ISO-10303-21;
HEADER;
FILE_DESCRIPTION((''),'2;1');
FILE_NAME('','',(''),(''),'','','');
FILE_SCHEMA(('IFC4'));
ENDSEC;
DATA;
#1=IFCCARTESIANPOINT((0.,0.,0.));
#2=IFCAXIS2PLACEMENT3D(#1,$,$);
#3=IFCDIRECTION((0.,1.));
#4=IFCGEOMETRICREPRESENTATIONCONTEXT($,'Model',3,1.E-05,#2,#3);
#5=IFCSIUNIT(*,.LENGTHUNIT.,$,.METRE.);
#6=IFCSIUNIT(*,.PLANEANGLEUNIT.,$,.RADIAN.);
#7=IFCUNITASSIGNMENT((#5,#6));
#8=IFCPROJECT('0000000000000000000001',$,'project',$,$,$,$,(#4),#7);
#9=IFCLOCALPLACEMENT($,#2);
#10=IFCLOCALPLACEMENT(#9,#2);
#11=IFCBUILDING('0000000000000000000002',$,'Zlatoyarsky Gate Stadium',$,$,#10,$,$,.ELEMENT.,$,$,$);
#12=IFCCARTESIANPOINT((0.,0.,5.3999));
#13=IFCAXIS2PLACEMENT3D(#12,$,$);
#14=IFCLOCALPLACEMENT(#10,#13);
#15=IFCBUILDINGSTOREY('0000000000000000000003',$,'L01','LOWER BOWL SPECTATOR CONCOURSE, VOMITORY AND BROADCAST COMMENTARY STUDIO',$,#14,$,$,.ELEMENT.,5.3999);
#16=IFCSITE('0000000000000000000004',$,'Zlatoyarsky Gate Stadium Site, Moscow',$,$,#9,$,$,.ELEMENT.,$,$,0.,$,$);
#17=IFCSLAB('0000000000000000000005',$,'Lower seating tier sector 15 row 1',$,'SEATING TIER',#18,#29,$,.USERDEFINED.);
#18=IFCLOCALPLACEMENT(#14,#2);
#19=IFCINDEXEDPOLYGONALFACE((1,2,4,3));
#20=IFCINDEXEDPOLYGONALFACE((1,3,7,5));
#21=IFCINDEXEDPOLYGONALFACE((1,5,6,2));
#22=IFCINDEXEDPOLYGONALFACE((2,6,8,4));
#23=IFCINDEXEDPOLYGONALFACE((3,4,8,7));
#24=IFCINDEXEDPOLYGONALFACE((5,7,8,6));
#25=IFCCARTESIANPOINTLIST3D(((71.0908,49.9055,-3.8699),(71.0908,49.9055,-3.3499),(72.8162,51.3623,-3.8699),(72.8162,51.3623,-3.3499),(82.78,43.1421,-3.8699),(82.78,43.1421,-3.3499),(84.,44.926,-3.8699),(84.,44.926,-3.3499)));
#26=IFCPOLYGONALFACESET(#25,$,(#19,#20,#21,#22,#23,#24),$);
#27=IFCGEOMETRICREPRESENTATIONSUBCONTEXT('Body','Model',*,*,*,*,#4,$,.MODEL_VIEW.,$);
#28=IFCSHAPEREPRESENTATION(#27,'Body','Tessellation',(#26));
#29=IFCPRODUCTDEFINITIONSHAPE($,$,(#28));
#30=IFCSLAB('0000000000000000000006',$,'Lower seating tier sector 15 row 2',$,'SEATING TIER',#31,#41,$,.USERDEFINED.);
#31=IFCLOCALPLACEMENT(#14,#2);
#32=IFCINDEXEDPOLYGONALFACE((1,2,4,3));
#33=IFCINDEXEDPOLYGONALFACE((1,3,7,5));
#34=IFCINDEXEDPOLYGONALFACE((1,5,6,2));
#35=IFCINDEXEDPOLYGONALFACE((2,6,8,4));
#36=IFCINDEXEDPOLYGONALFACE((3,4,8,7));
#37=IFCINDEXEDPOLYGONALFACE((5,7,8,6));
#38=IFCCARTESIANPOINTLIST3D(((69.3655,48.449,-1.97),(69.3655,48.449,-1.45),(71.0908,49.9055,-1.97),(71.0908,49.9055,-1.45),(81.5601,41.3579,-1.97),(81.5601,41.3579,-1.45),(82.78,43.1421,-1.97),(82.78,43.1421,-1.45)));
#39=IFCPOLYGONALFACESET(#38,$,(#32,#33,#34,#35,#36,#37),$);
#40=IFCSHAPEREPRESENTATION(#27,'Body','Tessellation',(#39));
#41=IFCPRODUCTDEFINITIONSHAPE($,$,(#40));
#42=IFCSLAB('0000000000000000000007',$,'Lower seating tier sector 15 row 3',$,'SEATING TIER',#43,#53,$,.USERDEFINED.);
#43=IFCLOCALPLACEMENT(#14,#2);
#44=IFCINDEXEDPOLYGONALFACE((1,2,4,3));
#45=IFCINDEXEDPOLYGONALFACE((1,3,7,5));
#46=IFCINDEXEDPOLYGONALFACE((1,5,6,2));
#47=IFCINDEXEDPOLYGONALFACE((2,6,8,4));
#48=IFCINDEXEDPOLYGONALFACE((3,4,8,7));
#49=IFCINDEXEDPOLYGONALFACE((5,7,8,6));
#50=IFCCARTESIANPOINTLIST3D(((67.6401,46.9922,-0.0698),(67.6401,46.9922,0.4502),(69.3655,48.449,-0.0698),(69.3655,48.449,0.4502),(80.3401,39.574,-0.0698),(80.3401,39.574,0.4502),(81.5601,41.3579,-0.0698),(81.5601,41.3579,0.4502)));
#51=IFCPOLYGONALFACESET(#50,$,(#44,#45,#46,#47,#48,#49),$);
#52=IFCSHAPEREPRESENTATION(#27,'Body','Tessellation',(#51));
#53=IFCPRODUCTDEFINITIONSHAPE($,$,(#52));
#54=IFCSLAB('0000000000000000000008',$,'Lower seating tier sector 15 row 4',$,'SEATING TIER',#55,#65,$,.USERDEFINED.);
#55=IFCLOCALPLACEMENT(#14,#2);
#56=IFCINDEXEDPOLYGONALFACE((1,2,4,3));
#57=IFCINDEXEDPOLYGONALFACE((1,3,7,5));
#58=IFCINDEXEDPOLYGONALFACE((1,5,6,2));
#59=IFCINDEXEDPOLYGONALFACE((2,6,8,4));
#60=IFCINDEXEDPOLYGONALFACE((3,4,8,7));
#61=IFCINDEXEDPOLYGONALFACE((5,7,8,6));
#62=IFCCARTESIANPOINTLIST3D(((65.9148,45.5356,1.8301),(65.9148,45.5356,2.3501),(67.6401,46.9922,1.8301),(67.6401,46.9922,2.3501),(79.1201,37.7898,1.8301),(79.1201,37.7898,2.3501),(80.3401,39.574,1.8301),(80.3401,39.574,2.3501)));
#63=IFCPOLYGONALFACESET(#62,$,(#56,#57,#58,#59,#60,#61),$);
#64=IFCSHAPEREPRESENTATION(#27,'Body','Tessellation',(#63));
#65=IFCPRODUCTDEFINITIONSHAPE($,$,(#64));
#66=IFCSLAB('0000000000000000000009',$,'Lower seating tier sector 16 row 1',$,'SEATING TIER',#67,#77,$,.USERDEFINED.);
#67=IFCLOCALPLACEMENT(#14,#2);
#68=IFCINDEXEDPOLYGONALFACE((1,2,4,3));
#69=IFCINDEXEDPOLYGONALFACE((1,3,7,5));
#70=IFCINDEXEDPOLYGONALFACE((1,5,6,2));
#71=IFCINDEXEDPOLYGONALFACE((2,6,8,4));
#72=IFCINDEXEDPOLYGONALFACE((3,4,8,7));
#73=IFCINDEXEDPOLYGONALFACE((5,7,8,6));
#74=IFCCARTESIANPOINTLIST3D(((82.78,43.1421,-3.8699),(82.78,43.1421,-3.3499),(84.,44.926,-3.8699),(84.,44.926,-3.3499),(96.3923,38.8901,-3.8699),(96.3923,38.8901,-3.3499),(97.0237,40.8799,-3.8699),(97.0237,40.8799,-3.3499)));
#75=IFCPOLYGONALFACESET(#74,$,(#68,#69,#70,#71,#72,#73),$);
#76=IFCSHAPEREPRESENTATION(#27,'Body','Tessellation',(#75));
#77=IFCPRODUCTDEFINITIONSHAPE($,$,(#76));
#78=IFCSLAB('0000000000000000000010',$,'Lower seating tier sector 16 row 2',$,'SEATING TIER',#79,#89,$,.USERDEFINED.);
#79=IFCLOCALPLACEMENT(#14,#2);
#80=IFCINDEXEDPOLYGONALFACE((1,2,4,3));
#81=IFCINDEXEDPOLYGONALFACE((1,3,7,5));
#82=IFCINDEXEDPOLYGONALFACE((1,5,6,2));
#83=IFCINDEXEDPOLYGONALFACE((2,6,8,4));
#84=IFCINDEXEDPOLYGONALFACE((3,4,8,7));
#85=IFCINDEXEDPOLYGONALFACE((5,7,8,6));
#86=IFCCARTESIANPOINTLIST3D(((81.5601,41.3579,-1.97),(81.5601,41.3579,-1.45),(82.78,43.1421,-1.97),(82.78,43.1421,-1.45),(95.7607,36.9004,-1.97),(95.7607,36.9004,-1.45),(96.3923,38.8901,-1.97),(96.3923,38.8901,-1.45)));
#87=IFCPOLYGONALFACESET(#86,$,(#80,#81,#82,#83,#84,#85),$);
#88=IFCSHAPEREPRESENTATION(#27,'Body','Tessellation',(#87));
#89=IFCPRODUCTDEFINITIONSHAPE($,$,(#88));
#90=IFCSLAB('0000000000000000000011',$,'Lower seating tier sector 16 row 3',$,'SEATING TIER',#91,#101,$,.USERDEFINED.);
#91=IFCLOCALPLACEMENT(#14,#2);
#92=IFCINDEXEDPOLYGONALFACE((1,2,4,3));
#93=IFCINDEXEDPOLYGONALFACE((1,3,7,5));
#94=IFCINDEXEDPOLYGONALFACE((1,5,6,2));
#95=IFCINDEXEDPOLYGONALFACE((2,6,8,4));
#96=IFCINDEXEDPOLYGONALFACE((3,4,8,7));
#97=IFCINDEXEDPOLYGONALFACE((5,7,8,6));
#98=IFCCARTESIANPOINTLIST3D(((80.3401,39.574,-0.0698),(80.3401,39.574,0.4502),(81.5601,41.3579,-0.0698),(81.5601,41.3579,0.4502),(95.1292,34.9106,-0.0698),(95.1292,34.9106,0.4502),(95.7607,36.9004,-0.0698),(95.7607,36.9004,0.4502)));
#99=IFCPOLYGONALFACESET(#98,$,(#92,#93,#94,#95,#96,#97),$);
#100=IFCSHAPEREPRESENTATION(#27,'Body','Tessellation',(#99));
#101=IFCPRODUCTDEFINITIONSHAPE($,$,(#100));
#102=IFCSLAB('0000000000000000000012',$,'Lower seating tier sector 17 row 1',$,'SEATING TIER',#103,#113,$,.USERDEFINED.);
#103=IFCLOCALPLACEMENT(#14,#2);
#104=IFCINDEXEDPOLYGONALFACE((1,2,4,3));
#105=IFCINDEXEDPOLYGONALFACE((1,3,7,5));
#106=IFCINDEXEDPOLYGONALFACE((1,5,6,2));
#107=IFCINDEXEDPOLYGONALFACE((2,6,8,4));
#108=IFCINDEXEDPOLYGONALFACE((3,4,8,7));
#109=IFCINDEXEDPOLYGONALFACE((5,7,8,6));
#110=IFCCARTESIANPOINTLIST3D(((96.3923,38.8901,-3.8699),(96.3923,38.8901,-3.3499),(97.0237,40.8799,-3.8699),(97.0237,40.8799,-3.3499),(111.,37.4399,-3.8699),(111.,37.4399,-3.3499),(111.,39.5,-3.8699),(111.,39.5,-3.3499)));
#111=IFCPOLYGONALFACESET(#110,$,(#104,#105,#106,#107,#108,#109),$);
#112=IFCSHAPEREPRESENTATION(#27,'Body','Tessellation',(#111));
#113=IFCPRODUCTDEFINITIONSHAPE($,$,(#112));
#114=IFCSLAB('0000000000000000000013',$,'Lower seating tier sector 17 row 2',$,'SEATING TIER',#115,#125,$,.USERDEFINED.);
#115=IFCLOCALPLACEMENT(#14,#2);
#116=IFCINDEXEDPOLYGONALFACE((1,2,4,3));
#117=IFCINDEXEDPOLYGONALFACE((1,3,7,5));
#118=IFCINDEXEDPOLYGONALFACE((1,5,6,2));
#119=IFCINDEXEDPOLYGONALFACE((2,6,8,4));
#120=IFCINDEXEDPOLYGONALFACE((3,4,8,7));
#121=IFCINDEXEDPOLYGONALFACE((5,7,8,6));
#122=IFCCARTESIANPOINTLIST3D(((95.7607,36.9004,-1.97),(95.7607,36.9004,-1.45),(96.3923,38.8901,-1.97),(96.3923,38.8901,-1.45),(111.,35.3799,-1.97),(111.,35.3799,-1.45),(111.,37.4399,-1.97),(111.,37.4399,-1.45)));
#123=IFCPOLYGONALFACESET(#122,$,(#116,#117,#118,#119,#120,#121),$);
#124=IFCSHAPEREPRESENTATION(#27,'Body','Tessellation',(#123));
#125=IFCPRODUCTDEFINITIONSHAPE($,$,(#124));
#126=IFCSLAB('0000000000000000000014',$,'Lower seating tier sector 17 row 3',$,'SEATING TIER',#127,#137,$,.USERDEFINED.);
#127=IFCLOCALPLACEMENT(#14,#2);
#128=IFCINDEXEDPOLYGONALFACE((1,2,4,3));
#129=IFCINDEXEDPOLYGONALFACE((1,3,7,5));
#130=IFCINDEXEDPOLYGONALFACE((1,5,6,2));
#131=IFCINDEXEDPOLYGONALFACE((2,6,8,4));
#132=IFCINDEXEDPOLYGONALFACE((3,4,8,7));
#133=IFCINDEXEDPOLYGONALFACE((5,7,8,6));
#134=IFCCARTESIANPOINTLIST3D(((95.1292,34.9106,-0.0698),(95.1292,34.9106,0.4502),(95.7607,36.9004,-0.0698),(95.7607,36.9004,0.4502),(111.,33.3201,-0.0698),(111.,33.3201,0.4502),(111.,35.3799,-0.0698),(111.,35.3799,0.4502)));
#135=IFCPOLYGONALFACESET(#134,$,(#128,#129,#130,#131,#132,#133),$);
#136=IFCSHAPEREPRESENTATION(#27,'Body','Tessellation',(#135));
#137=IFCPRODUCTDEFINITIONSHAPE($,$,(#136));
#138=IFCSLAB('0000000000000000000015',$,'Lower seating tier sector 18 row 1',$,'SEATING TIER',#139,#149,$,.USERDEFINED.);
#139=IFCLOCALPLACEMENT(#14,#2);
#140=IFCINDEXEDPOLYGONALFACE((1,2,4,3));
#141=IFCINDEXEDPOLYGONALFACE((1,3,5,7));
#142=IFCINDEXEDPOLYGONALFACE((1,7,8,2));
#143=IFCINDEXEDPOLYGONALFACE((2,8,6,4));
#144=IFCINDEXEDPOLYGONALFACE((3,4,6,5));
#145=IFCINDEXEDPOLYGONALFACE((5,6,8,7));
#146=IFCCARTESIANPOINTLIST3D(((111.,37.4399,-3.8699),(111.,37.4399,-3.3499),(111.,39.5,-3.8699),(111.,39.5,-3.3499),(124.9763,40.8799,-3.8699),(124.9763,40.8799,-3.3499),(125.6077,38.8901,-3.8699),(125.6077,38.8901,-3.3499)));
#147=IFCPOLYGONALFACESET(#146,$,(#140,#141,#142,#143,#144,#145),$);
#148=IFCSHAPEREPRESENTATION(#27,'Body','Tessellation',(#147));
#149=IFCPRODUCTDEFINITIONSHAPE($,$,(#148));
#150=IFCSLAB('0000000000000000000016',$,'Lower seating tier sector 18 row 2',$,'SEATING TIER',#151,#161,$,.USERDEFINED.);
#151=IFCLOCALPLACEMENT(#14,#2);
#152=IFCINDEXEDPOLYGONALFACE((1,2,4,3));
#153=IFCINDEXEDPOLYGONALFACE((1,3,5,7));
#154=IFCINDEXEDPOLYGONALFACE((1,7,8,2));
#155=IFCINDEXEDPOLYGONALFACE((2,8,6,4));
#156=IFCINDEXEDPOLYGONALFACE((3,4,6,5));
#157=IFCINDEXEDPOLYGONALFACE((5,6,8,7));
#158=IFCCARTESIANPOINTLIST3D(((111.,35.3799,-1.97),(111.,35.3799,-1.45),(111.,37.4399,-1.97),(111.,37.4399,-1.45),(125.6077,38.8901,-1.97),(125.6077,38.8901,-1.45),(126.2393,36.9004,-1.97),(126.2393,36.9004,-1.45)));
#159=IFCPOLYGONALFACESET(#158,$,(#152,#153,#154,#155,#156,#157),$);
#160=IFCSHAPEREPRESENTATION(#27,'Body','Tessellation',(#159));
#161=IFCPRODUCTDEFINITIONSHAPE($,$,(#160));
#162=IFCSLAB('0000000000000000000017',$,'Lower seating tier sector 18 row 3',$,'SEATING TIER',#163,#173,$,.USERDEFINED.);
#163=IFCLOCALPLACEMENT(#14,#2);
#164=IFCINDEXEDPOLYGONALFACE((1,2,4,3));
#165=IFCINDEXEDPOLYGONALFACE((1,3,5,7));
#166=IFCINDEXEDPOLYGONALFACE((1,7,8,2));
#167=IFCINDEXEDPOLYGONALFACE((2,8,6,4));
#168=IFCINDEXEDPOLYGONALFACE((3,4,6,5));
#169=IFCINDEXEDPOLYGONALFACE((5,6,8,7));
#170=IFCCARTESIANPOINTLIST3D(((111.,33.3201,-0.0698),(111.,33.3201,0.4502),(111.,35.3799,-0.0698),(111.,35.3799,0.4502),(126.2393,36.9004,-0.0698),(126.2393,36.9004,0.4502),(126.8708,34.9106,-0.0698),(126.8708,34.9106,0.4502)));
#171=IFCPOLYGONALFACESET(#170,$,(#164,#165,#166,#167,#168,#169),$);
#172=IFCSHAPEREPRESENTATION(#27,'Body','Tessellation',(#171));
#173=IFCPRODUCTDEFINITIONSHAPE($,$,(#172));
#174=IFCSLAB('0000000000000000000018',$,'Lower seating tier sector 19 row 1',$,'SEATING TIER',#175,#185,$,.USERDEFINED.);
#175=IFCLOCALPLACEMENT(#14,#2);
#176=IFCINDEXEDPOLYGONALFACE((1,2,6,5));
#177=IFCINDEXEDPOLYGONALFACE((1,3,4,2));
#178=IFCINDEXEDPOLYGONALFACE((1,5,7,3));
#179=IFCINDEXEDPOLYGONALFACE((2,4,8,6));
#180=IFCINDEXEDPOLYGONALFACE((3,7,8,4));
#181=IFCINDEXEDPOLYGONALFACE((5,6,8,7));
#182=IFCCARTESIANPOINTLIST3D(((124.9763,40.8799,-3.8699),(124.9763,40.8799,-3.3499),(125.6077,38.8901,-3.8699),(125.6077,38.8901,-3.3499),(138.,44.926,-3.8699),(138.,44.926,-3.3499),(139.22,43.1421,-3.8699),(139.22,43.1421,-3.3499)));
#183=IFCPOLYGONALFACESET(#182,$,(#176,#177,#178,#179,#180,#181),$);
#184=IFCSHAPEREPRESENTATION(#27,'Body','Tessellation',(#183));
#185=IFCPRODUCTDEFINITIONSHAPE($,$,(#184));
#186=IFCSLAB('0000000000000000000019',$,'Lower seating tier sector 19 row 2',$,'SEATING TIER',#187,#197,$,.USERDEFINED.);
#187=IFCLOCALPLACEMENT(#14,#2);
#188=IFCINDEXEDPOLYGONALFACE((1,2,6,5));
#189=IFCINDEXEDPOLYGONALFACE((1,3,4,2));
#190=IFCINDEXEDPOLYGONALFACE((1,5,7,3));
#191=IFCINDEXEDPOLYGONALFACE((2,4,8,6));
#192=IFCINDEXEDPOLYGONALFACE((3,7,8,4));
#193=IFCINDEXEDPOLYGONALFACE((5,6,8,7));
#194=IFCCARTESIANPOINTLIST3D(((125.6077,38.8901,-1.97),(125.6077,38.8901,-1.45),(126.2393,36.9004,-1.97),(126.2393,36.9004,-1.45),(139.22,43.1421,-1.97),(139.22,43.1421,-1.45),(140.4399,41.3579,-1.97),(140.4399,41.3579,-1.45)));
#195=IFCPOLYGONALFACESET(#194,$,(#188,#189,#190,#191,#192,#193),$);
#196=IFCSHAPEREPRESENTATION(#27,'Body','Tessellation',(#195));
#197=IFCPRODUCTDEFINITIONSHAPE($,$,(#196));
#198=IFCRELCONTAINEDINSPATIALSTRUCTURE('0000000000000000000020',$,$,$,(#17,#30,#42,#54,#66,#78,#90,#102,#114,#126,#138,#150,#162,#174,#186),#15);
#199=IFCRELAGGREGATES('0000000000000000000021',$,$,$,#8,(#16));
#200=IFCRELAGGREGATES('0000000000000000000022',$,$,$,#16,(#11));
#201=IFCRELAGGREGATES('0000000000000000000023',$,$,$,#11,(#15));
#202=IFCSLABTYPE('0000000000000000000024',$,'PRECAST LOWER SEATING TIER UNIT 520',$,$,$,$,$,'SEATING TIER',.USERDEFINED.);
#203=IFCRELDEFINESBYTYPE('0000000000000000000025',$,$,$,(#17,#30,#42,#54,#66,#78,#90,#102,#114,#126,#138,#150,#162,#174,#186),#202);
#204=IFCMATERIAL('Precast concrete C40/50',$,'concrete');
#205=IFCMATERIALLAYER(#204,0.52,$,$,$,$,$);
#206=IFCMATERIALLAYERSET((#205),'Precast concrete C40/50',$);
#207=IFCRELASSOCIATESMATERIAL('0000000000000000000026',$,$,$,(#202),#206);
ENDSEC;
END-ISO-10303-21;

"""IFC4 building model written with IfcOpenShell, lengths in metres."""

from ifc_helpers import new_model, si_unit, direction, frame, origin, place, context, subcontext, project, spatial, polyline, outline, extrude, material, layer, layer_set, type_object, element, save


model = new_model("IFC4")

# Units and contexts
model_context = context("Model", 3, precision=1e-05, world=origin(), true_north=direction((0.0, 1.0)))
body_context = subcontext(model_context, "Body", "Model", "MODEL_VIEW")
ifc_project = project(units=[si_unit("LENGTHUNIT", "METRE"), si_unit("PLANEANGLEUNIT", "RADIAN")], contexts=[model_context])

# Site, building, storey
site_placement = place(None, origin())
site = spatial("IfcSite", under=ifc_project, at=site_placement, Name="Zlatoyarsky Gate Stadium Site, Moscow", CompositionType="ELEMENT", RefElevation=0.0)
building_placement = place(site_placement, origin())
building = spatial("IfcBuilding", under=site, at=building_placement, Name="Zlatoyarsky Gate Stadium", CompositionType="ELEMENT")
storey_placement = place(building_placement, frame((0.0, 0.0, 5.3999)))
storey = spatial("IfcBuildingStorey", under=building, at=storey_placement, Name="L01", Description="LOWER BOWL SPECTATOR CONCOURSE, VOMITORY AND BROADCAST COMMENTARY STUDIO", CompositionType="ELEMENT", Elevation=5.3999)

# Slabs
ifc_material = material(Name="Precast concrete C40/50", Category="concrete")
ifc_layer = layer(ifc_material, 0.52)
ifc_layer_set = layer_set([ifc_layer], Name="Precast concrete C40/50")
slab_type = type_object("IfcSlabType", Name="PRECAST LOWER SEATING TIER UNIT 520", ElementType="SEATING TIER", PredefinedType="USERDEFINED", material=ifc_layer_set)
slab_1_placement = place(storey_placement, frame((0.0, 0.0, -3.8699)))
element("IfcSlab", 1, at=slab_1_placement, inside=storey, type_object=slab_type, Name="Lower seating tier sector 15 row 1", ObjectType="SEATING TIER", PredefinedType="USERDEFINED", context=body_context, shape_type="SweptSolid", body=[
    extrude(outline(polyline([(72.8162, 51.3623), (71.0908, 49.9055), (82.78, 43.1421), (84.0, 44.926), (72.8162, 51.3623)])), origin(), (0.0, 0.0, 1.0), 0.52),
])
slab_2_placement = place(storey_placement, frame((0.0, 0.0, -1.97)))
element("IfcSlab", 2, at=slab_2_placement, inside=storey, type_object=slab_type, Name="Lower seating tier sector 15 row 2", ObjectType="SEATING TIER", PredefinedType="USERDEFINED", context=body_context, shape_type="SweptSolid", body=[
    extrude(outline(polyline([(71.0908, 49.9055), (69.3655, 48.449), (81.5601, 41.3579), (82.78, 43.1421), (71.0908, 49.9055)])), origin(), (0.0, 0.0, 1.0), 0.52),
])
slab_3_placement = place(storey_placement, frame((0.0, 0.0, -0.0698)))
element("IfcSlab", 3, at=slab_3_placement, inside=storey, type_object=slab_type, Name="Lower seating tier sector 15 row 3", ObjectType="SEATING TIER", PredefinedType="USERDEFINED", context=body_context, shape_type="SweptSolid", body=[
    extrude(outline(polyline([(69.3655, 48.449), (67.6401, 46.9922), (80.3401, 39.574), (81.5601, 41.3579), (69.3655, 48.449)])), origin(), (0.0, 0.0, 1.0), 0.52),
])
slab_4_placement = place(storey_placement, frame((0.0, 0.0, 1.8301)))
element("IfcSlab", 4, at=slab_4_placement, inside=storey, type_object=slab_type, Name="Lower seating tier sector 15 row 4", ObjectType="SEATING TIER", PredefinedType="USERDEFINED", context=body_context, shape_type="SweptSolid", body=[
    extrude(outline(polyline([(67.6401, 46.9922), (65.9148, 45.5356), (79.1201, 37.7898), (80.3401, 39.574), (67.6401, 46.9922)])), origin(), (0.0, 0.0, 1.0), 0.52),
])
slab_5_placement = place(storey_placement, frame((0.0, 0.0, -3.8699)))
element("IfcSlab", 5, at=slab_5_placement, inside=storey, type_object=slab_type, Name="Lower seating tier sector 16 row 1", ObjectType="SEATING TIER", PredefinedType="USERDEFINED", context=body_context, shape_type="SweptSolid", body=[
    extrude(outline(polyline([(84.0, 44.926), (82.78, 43.1421), (96.3923, 38.8901), (97.0237, 40.8799), (84.0, 44.926)])), origin(), (0.0, 0.0, 1.0), 0.52),
])
slab_6_placement = place(storey_placement, frame((0.0, 0.0, -1.97)))
element("IfcSlab", 6, at=slab_6_placement, inside=storey, type_object=slab_type, Name="Lower seating tier sector 16 row 2", ObjectType="SEATING TIER", PredefinedType="USERDEFINED", context=body_context, shape_type="SweptSolid", body=[
    extrude(outline(polyline([(82.78, 43.1421), (81.5601, 41.3579), (95.7607, 36.9004), (96.3923, 38.8901), (82.78, 43.1421)])), origin(), (0.0, 0.0, 1.0), 0.52),
])
slab_7_placement = place(storey_placement, frame((0.0, 0.0, -0.0698)))
element("IfcSlab", 7, at=slab_7_placement, inside=storey, type_object=slab_type, Name="Lower seating tier sector 16 row 3", ObjectType="SEATING TIER", PredefinedType="USERDEFINED", context=body_context, shape_type="SweptSolid", body=[
    extrude(outline(polyline([(81.5601, 41.3579), (80.3401, 39.574), (95.1292, 34.9106), (95.7607, 36.9004), (81.5601, 41.3579)])), origin(), (0.0, 0.0, 1.0), 0.52),
])
slab_8_placement = place(storey_placement, frame((0.0, 0.0, -3.8699)))
element("IfcSlab", 8, at=slab_8_placement, inside=storey, type_object=slab_type, Name="Lower seating tier sector 17 row 1", ObjectType="SEATING TIER", PredefinedType="USERDEFINED", context=body_context, shape_type="SweptSolid", body=[
    extrude(outline(polyline([(97.0237, 40.8799), (96.3923, 38.8901), (111.0, 37.4399), (111.0, 39.5), (97.0237, 40.8799)])), origin(), (0.0, 0.0, 1.0), 0.52),
])
slab_9_placement = place(storey_placement, frame((0.0, 0.0, -1.97)))
element("IfcSlab", 9, at=slab_9_placement, inside=storey, type_object=slab_type, Name="Lower seating tier sector 17 row 2", ObjectType="SEATING TIER", PredefinedType="USERDEFINED", context=body_context, shape_type="SweptSolid", body=[
    extrude(outline(polyline([(96.3923, 38.8901), (95.7607, 36.9004), (111.0, 35.3799), (111.0, 37.4399), (96.3923, 38.8901)])), origin(), (0.0, 0.0, 1.0), 0.52),
])
slab_10_placement = place(storey_placement, frame((0.0, 0.0, -0.0698)))
element("IfcSlab", 10, at=slab_10_placement, inside=storey, type_object=slab_type, Name="Lower seating tier sector 17 row 3", ObjectType="SEATING TIER", PredefinedType="USERDEFINED", context=body_context, shape_type="SweptSolid", body=[
    extrude(outline(polyline([(95.7607, 36.9004), (95.1292, 34.9106), (111.0, 33.3201), (111.0, 35.3799), (95.7607, 36.9004)])), origin(), (0.0, 0.0, 1.0), 0.52),
])
slab_11_placement = place(storey_placement, frame((0.0, 0.0, -3.8699)))
element("IfcSlab", 11, at=slab_11_placement, inside=storey, type_object=slab_type, Name="Lower seating tier sector 18 row 1", ObjectType="SEATING TIER", PredefinedType="USERDEFINED", context=body_context, shape_type="SweptSolid", body=[
    extrude(outline(polyline([(111.0, 39.5), (111.0, 37.4399), (125.6077, 38.8901), (124.9763, 40.8799), (111.0, 39.5)])), origin(), (0.0, 0.0, 1.0), 0.52),
])
slab_12_placement = place(storey_placement, frame((0.0, 0.0, -1.97)))
element("IfcSlab", 12, at=slab_12_placement, inside=storey, type_object=slab_type, Name="Lower seating tier sector 18 row 2", ObjectType="SEATING TIER", PredefinedType="USERDEFINED", context=body_context, shape_type="SweptSolid", body=[
    extrude(outline(polyline([(111.0, 37.4399), (111.0, 35.3799), (126.2393, 36.9004), (125.6077, 38.8901), (111.0, 37.4399)])), origin(), (0.0, 0.0, 1.0), 0.52),
])
slab_13_placement = place(storey_placement, frame((0.0, 0.0, -0.0698)))
element("IfcSlab", 13, at=slab_13_placement, inside=storey, type_object=slab_type, Name="Lower seating tier sector 18 row 3", ObjectType="SEATING TIER", PredefinedType="USERDEFINED", context=body_context, shape_type="SweptSolid", body=[
    extrude(outline(polyline([(111.0, 35.3799), (111.0, 33.3201), (126.8708, 34.9106), (126.2393, 36.9004), (111.0, 35.3799)])), origin(), (0.0, 0.0, 1.0), 0.52),
])
slab_14_placement = place(storey_placement, frame((0.0, 0.0, -3.8699)))
element("IfcSlab", 14, at=slab_14_placement, inside=storey, type_object=slab_type, Name="Lower seating tier sector 19 row 1", ObjectType="SEATING TIER", PredefinedType="USERDEFINED", context=body_context, shape_type="SweptSolid", body=[
    extrude(outline(polyline([(124.9763, 40.8799), (125.6077, 38.8901), (139.22, 43.1421), (138.0, 44.926), (124.9763, 40.8799)])), origin(), (0.0, 0.0, 1.0), 0.52),
])
slab_15_placement = place(storey_placement, frame((0.0, 0.0, -1.97)))
element("IfcSlab", 15, at=slab_15_placement, inside=storey, type_object=slab_type, Name="Lower seating tier sector 19 row 2", ObjectType="SEATING TIER", PredefinedType="USERDEFINED", context=body_context, shape_type="SweptSolid", body=[
    extrude(outline(polyline([(125.6077, 38.8901), (126.2393, 36.9004), (140.4399, 41.3579), (139.22, 43.1421), (125.6077, 38.8901)])), origin(), (0.0, 0.0, 1.0), 0.52),
])

save(model, "model.ifc")
